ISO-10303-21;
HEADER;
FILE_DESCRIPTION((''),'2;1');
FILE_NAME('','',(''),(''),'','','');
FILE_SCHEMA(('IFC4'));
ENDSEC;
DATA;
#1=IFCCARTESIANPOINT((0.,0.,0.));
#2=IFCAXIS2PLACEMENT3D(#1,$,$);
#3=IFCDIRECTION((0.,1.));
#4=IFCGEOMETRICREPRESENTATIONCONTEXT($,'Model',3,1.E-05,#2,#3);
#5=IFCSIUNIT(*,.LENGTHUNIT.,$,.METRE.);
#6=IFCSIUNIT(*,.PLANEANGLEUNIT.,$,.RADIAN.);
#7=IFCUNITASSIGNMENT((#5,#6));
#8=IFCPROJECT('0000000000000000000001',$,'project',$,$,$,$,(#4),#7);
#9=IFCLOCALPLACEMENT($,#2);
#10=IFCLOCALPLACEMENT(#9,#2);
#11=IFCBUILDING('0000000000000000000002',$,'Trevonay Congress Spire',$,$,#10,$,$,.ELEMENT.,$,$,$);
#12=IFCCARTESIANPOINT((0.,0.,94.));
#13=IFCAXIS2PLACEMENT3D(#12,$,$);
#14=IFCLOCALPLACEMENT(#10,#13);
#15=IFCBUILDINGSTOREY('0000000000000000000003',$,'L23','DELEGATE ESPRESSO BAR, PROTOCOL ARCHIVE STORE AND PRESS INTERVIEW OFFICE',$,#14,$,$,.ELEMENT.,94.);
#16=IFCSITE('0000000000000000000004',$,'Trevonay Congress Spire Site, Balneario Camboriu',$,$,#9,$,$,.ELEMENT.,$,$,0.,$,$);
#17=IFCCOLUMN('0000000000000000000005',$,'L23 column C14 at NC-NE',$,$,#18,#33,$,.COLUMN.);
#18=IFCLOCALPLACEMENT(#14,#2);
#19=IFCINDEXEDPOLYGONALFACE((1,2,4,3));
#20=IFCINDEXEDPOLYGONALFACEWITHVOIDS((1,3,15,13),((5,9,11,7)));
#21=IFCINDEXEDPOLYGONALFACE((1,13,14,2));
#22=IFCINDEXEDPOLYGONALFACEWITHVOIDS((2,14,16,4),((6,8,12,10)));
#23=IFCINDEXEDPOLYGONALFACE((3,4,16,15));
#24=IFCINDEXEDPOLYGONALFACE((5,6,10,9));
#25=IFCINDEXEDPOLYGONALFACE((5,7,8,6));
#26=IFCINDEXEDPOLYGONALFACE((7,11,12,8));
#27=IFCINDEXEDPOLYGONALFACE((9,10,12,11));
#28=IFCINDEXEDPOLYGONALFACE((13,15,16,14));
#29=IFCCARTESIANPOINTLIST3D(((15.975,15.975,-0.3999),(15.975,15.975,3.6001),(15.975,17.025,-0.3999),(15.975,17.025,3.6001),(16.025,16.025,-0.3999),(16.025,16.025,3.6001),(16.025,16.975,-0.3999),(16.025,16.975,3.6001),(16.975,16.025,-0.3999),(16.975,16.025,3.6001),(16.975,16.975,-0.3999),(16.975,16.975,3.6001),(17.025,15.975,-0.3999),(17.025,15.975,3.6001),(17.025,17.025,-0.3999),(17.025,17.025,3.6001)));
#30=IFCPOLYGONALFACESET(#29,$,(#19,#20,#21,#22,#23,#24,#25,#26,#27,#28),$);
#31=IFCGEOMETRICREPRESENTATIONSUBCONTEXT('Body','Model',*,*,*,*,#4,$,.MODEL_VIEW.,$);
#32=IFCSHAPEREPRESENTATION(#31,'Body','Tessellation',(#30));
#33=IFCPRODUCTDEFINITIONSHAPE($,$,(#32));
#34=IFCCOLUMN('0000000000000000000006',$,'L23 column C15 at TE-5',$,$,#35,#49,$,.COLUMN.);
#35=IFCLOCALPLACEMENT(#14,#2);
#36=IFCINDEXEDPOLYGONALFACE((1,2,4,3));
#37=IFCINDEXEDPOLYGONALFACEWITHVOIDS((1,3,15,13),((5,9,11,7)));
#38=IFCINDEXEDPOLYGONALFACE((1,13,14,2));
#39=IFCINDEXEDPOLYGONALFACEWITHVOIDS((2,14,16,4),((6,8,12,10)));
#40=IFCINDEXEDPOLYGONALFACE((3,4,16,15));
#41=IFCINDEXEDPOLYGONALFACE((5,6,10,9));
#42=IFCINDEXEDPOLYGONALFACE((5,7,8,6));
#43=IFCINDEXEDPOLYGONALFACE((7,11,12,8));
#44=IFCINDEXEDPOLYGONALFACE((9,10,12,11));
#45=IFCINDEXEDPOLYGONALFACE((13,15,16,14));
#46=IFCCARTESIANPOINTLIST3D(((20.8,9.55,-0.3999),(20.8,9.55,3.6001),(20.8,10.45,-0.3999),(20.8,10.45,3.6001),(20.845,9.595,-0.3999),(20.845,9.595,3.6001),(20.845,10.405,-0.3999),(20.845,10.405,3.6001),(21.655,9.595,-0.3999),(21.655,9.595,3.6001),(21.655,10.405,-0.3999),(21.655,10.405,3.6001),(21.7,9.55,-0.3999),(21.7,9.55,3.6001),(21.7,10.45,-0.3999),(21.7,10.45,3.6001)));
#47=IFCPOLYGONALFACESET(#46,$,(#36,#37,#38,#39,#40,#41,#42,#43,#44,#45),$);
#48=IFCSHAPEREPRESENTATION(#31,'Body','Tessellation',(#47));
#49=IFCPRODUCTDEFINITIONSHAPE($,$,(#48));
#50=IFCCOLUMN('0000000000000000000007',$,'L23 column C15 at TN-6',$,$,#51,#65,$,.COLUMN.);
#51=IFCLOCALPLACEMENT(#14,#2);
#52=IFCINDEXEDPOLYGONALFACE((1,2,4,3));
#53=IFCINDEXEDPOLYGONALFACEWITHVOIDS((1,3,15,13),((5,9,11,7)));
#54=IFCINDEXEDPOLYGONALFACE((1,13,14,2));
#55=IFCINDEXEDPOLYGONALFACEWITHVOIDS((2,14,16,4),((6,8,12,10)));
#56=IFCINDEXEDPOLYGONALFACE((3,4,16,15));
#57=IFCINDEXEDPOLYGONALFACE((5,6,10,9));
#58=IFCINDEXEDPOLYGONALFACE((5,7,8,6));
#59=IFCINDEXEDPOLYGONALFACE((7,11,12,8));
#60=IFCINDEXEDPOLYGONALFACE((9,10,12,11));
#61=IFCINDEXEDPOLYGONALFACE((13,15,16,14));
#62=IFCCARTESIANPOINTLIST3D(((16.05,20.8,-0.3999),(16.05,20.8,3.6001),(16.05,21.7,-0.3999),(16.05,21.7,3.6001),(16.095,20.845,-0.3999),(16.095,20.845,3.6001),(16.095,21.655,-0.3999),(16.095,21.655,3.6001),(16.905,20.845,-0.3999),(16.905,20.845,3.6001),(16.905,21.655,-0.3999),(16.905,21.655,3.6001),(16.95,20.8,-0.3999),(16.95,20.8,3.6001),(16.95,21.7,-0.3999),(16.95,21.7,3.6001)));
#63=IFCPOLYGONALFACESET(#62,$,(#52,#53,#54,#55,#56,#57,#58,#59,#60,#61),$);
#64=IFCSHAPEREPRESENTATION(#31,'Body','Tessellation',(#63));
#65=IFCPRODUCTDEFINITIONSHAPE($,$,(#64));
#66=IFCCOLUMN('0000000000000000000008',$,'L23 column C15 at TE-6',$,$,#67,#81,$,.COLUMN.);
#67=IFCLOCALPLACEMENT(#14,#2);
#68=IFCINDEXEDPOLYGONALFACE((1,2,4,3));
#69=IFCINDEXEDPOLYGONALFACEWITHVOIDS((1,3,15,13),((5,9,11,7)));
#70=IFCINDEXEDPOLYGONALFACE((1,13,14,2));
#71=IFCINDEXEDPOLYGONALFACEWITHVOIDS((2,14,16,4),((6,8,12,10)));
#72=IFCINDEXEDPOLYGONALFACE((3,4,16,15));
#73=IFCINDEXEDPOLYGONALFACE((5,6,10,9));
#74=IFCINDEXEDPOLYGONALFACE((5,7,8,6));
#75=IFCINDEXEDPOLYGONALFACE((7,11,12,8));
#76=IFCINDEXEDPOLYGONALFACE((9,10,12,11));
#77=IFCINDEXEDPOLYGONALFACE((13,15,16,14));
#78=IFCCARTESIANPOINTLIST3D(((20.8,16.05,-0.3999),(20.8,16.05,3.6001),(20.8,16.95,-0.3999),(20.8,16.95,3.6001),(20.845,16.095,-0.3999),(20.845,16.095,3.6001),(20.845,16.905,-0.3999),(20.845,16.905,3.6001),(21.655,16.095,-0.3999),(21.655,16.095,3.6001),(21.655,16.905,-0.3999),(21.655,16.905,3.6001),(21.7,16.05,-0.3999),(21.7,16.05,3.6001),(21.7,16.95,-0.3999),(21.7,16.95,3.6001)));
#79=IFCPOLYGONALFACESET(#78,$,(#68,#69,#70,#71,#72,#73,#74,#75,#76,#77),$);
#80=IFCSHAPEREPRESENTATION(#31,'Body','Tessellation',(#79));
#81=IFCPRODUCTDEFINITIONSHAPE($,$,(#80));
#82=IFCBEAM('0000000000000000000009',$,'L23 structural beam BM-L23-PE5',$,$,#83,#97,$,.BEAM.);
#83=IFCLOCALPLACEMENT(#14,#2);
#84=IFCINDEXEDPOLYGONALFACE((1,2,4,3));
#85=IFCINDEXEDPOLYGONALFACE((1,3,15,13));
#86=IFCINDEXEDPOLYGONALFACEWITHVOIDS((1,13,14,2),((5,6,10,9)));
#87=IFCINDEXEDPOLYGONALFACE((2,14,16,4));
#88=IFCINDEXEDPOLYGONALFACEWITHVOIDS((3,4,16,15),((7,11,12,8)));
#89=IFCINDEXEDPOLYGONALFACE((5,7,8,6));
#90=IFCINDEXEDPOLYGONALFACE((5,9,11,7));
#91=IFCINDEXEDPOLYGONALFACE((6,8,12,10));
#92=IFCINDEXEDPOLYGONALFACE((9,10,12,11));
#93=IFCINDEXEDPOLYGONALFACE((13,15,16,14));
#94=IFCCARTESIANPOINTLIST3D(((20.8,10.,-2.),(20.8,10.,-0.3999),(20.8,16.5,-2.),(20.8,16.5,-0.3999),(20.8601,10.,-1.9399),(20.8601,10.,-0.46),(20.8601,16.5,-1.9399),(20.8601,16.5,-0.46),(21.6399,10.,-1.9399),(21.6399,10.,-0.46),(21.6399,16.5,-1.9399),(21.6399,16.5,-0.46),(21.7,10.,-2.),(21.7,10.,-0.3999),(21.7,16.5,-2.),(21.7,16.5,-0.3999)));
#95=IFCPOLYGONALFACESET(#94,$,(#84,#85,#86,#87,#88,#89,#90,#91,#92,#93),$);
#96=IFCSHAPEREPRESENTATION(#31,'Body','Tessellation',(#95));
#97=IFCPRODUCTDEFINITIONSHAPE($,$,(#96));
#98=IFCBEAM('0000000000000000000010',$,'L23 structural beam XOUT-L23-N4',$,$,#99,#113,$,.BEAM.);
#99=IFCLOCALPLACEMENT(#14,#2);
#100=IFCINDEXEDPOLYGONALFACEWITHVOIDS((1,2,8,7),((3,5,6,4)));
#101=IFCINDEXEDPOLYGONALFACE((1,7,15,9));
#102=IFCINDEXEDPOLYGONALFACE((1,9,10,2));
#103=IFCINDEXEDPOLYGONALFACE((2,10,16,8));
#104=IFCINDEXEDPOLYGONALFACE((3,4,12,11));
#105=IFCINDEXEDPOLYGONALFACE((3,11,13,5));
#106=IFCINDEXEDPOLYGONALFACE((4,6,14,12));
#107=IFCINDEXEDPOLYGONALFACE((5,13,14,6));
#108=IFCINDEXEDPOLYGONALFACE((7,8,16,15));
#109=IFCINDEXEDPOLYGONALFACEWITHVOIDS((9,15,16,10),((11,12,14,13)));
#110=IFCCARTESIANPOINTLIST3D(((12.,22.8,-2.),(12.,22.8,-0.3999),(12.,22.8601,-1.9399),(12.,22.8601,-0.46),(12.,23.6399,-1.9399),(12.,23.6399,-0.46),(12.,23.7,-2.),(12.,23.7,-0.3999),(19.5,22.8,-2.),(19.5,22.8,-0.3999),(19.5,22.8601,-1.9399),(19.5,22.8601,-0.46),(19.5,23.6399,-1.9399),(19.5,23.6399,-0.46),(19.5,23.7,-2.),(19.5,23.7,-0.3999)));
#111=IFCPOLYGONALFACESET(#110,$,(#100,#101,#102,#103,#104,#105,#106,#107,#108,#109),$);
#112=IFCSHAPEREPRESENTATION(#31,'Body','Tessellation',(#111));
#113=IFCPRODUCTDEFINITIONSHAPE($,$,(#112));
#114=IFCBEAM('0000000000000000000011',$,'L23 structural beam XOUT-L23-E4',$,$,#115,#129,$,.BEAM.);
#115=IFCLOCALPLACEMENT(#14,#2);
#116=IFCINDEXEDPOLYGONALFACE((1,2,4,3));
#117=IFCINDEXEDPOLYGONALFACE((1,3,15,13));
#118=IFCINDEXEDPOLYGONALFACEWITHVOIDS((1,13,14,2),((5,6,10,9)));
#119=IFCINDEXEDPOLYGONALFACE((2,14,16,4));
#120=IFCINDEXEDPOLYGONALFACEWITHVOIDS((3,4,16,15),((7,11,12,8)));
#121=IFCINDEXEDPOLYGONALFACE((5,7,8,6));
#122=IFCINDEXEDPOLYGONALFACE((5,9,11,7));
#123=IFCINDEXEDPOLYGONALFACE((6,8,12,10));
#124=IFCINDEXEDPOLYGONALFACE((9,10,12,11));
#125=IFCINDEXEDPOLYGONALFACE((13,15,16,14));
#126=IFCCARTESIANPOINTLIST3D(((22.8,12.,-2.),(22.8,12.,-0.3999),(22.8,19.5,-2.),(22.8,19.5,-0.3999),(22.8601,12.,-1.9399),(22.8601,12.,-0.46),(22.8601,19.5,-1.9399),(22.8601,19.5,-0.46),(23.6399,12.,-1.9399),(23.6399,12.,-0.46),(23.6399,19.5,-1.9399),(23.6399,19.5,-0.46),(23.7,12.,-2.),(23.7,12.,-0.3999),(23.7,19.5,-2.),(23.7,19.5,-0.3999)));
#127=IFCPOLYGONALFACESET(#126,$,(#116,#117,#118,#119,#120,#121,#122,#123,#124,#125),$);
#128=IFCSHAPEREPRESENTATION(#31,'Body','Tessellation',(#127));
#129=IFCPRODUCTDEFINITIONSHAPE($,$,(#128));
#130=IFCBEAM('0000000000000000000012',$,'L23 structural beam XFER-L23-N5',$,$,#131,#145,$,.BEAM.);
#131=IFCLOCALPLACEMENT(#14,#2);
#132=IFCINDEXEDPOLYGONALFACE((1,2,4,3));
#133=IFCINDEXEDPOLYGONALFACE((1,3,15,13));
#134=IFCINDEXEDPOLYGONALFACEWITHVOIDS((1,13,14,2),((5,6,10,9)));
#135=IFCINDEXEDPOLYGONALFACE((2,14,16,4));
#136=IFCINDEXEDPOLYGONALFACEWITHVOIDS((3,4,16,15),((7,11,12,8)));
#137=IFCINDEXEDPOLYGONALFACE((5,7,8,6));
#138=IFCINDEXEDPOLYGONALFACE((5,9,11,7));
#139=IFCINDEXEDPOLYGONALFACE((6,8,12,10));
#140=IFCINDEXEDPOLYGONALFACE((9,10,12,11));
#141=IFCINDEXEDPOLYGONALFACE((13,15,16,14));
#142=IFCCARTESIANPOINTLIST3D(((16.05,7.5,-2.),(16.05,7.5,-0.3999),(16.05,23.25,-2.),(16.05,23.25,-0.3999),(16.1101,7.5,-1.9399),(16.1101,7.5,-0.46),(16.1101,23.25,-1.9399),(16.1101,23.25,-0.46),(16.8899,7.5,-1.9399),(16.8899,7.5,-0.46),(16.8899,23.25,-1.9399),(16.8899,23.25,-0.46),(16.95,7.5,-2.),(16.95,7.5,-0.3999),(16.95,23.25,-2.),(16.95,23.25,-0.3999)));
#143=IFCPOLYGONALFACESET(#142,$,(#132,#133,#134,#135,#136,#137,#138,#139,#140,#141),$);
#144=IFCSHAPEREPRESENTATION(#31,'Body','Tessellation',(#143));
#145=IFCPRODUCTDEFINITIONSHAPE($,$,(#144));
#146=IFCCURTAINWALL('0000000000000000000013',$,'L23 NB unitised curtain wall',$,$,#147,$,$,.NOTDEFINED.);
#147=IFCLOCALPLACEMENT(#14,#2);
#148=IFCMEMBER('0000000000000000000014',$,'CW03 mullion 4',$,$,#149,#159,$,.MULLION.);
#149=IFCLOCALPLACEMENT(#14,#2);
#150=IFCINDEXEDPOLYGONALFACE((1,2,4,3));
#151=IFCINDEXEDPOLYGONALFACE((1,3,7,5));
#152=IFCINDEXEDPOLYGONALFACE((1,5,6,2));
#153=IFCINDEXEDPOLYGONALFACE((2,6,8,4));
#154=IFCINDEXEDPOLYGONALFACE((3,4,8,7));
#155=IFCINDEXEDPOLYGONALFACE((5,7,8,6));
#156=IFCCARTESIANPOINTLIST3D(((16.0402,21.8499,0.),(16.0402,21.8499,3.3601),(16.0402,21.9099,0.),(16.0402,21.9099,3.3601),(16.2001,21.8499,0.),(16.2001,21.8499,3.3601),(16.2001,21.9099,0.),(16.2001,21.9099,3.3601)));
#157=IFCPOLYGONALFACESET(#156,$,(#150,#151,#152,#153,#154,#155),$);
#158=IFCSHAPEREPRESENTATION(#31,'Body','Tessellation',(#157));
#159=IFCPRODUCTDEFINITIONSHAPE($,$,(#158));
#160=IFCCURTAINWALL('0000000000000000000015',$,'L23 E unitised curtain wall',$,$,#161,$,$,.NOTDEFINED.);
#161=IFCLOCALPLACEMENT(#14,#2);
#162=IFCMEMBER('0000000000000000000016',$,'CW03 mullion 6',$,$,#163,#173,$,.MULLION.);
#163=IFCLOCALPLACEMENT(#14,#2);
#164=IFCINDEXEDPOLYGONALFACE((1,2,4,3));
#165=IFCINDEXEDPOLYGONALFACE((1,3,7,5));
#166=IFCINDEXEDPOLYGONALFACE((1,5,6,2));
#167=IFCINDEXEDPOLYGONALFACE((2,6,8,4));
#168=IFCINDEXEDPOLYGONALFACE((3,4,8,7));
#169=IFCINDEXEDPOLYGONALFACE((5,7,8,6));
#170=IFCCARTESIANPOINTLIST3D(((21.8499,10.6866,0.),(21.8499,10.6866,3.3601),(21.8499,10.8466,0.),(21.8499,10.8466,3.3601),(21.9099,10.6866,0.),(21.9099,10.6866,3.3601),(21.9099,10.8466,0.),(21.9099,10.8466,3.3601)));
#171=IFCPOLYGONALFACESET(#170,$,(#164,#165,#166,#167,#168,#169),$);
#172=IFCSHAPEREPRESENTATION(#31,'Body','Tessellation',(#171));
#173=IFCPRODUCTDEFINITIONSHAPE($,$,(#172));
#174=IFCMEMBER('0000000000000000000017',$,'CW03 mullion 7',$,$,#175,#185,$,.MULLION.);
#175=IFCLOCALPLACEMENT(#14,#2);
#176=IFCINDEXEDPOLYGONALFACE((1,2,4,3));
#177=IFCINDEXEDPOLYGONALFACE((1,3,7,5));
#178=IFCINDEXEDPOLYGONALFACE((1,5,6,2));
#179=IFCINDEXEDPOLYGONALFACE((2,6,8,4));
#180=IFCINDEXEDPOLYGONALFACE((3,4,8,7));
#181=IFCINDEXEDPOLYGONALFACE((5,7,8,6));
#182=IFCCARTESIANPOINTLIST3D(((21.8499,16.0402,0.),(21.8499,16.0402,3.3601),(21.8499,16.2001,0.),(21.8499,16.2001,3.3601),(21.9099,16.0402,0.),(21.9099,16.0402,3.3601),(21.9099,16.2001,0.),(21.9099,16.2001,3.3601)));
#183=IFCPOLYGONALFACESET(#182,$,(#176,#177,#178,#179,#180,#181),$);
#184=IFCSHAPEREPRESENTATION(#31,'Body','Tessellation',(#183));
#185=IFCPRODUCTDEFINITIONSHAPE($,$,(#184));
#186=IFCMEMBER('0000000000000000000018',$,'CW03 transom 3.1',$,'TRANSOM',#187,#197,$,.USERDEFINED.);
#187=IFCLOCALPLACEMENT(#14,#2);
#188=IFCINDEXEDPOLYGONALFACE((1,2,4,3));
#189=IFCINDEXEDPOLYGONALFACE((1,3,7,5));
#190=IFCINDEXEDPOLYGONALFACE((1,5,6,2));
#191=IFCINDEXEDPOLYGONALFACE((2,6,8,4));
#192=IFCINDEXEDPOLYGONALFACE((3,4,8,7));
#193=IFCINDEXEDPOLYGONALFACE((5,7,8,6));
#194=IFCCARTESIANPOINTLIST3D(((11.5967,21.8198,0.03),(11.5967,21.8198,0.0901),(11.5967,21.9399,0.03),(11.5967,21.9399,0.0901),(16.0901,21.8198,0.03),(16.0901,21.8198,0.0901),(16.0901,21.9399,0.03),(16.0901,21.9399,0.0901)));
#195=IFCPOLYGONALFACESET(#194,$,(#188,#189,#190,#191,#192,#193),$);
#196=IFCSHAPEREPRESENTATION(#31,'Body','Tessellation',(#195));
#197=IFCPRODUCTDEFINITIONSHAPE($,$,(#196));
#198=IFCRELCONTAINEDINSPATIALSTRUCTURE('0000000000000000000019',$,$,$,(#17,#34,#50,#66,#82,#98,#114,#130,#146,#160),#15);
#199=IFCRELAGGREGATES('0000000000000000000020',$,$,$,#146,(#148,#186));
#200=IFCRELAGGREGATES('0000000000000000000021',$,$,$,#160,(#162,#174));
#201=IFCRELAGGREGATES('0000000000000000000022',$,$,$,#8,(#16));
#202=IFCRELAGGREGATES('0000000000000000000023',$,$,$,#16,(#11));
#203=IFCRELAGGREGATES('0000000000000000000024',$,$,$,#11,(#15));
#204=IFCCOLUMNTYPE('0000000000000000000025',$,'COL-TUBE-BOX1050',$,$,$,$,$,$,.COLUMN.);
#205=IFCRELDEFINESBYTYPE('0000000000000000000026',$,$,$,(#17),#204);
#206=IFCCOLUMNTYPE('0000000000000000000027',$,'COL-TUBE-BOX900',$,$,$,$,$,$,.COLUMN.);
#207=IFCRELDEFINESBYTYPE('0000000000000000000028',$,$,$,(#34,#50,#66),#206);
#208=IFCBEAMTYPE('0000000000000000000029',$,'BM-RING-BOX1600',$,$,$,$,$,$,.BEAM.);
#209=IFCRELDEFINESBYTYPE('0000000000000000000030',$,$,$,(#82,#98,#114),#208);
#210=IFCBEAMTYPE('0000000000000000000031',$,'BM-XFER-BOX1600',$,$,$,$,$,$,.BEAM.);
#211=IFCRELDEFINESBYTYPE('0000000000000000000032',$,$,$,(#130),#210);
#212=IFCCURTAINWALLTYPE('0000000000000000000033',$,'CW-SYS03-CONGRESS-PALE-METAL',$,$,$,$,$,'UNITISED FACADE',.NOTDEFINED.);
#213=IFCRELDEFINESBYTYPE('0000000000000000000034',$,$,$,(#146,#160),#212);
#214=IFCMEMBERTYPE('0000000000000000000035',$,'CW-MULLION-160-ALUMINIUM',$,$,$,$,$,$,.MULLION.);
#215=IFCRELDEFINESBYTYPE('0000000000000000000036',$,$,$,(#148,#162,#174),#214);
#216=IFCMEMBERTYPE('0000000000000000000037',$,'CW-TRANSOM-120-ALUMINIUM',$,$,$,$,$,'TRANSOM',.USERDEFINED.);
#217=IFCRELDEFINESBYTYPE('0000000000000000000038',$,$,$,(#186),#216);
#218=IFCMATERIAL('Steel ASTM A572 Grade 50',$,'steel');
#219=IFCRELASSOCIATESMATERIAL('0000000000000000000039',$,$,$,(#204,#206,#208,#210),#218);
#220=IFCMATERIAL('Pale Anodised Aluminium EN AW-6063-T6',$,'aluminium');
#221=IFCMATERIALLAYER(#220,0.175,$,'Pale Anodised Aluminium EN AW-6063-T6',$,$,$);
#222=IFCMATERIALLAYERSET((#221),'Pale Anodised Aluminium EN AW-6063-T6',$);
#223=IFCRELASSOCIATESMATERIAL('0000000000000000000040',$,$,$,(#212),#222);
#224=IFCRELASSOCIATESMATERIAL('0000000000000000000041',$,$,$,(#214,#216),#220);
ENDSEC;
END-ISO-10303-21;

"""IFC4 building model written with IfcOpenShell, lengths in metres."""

from ifc_helpers import new_model, si_unit, direction, frame, origin, origin_2d, place, context, subcontext, project, spatial, rectangle, hollow_rectangle, extrude, material, layer, layer_set, material_profile, profile_set, type_object, element, aggregate, save


model = new_model("IFC4")

# Units and contexts
model_context = context("Model", 3, precision=1e-05, world=origin(), true_north=direction((0.0, 1.0)))
body_context = subcontext(model_context, "Body", "Model", "MODEL_VIEW")
ifc_project = project(units=[si_unit("LENGTHUNIT", "METRE"), si_unit("PLANEANGLEUNIT", "RADIAN")], contexts=[model_context])

# Site, building, storey
site_placement = place(None, origin())
site = spatial("IfcSite", under=ifc_project, at=site_placement, Name="Trevonay Congress Spire Site, Balneario Camboriu", CompositionType="ELEMENT", RefElevation=0.0)
building_placement = place(site_placement, origin())
building = spatial("IfcBuilding", under=site, at=building_placement, Name="Trevonay Congress Spire", CompositionType="ELEMENT")
storey_placement = place(building_placement, frame((0.0, 0.0, 94.0)))
storey = spatial("IfcBuildingStorey", under=building, at=storey_placement, Name="L23", Description="DELEGATE ESPRESSO BAR, PROTOCOL ARCHIVE STORE AND PRESS INTERVIEW OFFICE", CompositionType="ELEMENT", Elevation=94.0)

# Columns
ifc_material_1 = material(Name="Steel ASTM A572 Grade 50", Category="steel")
ifc_material_profile_1 = material_profile(ifc_material_1, hollow_rectangle(XDim=1.05, YDim=1.05, WallThickness=0.05, at=origin_2d()), Name="BOX 1050x1050x50")
ifc_profile_set_1 = profile_set([ifc_material_profile_1], Name="Steel ASTM A572 Grade 50")
column_type_1 = type_object("IfcColumnType", Name="COL-TUBE-BOX1050", PredefinedType="COLUMN", material=ifc_profile_set_1)
column_placement = place(storey_placement, frame((16.5, 16.5, -0.3999), z_axis=(0.0, 0.0, 1.0), x_axis=(1.0, 0.0, 0.0)))
element("IfcColumn", 1, at=column_placement, inside=storey, type_object=column_type_1, Name="L23 column C14 at NC-NE", PredefinedType="COLUMN", context=body_context, shape_type="SweptSolid", body=[
    extrude(hollow_rectangle(XDim=1.05, YDim=1.05, WallThickness=0.05, at=origin_2d()), origin(), (0.0, 0.0, 1.0), 4.0),
])
ifc_material_profile_2 = material_profile(ifc_material_1, hollow_rectangle(XDim=0.8999, YDim=0.8999, WallThickness=0.0449, at=origin_2d()), Name="BOX 900x900x45")
ifc_profile_set_2 = profile_set([ifc_material_profile_2], Name="Steel ASTM A572 Grade 50")
column_type_2 = type_object("IfcColumnType", Name="COL-TUBE-BOX900", PredefinedType="COLUMN", material=ifc_profile_set_2)
for number, where, z_axis, x_axis, name in (
    (2, (21.25, 10.0, -0.3999), (0.0, 0.0, 1.0), (1.0, 0.0, 0.0), "L23 column C15 at TE-5"),
    (3, (16.5, 21.25, -0.3999), (0.0, 0.0, 1.0), (1.0, 0.0, 0.0), "L23 column C15 at TN-6"),
    (4, (21.25, 16.5, -0.3999), (0.0, 0.0, 1.0), (1.0, 0.0, 0.0), "L23 column C15 at TE-6"),
):
    element("IfcColumn", number, at=place(storey_placement, frame(where, z_axis=z_axis, x_axis=x_axis)), inside=storey, type_object=column_type_2, Name=name, PredefinedType="COLUMN", context=body_context, shape_type="SweptSolid", body=[
        extrude(hollow_rectangle(XDim=0.8999, YDim=0.8999, WallThickness=0.0449, at=origin_2d()), origin(), (0.0, 0.0, 1.0), 4.0),
    ])

# Beams
ifc_material_profile_3 = material_profile(ifc_material_1, hollow_rectangle(XDim=0.8999, YDim=1.6001, WallThickness=0.0601, at=origin_2d()), Name="BOX 1600x900x60")
ifc_profile_set_3 = profile_set([ifc_material_profile_3], Name="Steel ASTM A572 Grade 50")
beam_type_1 = type_object("IfcBeamType", Name="BM-RING-BOX1600", PredefinedType="BEAM", material=ifc_profile_set_3)
beam_1_placement = place(storey_placement, frame((21.25, 10.0, -1.2), z_axis=(0.0, 1.0, 0.0), x_axis=(-1.0, 0.0, 0.0)))
element("IfcBeam", 5, at=beam_1_placement, inside=storey, type_object=beam_type_1, Name="L23 structural beam BM-L23-PE5", PredefinedType="BEAM", context=body_context, shape_type="SweptSolid", body=[
    extrude(hollow_rectangle(XDim=0.8999, YDim=1.6001, WallThickness=0.0601, at=origin_2d()), origin(), (0.0, 0.0, 1.0), 6.5),
])
for number, where, z_axis, x_axis, name in (
    (6, (12.0, 23.25, -1.2), (1.0, 0.0, 0.0), (0.0, 1.0, 0.0), "L23 structural beam XOUT-L23-N4"),
    (7, (23.25, 12.0, -1.2), (0.0, 1.0, 0.0), (-1.0, 0.0, 0.0), "L23 structural beam XOUT-L23-E4"),
):
    element("IfcBeam", number, at=place(storey_placement, frame(where, z_axis=z_axis, x_axis=x_axis)), inside=storey, type_object=beam_type_1, Name=name, PredefinedType="BEAM", context=body_context, shape_type="SweptSolid", body=[
        extrude(hollow_rectangle(XDim=0.8999, YDim=1.6001, WallThickness=0.0601, at=origin_2d()), origin(), (0.0, 0.0, 1.0), 7.5),
    ])
ifc_material_profile_4 = material_profile(ifc_material_1, hollow_rectangle(XDim=0.8999, YDim=1.6001, WallThickness=0.0601, at=origin_2d()), Name="BOX 1600x900x60")
ifc_profile_set_4 = profile_set([ifc_material_profile_4], Name="Steel ASTM A572 Grade 50")
beam_type_2 = type_object("IfcBeamType", Name="BM-XFER-BOX1600", PredefinedType="BEAM", material=ifc_profile_set_4)
beam_2_placement = place(storey_placement, frame((16.5, 7.5, -1.2), z_axis=(0.0, 1.0, 0.0), x_axis=(-1.0, 0.0, 0.0)))
element("IfcBeam", 8, at=beam_2_placement, inside=storey, type_object=beam_type_2, Name="L23 structural beam XFER-L23-N5", PredefinedType="BEAM", context=body_context, shape_type="SweptSolid", body=[
    extrude(hollow_rectangle(XDim=0.8999, YDim=1.6001, WallThickness=0.0601, at=origin_2d()), origin(), (0.0, 0.0, 1.0), 15.75),
])

# Curtain wall, member
ifc_material_2 = material(Name="Pale Anodised Aluminium EN AW-6063-T6", Category="aluminium")
ifc_layer_1 = layer(ifc_material_2, 0.175, Name="Pale Anodised Aluminium EN AW-6063-T6")
ifc_layer_set_1 = layer_set([ifc_layer_1], Name="Pale Anodised Aluminium EN AW-6063-T6")
curtain_wall_type = type_object("IfcCurtainWallType", Name="CW-SYS03-CONGRESS-PALE-METAL", ElementType="UNITISED FACADE", PredefinedType="NOTDEFINED", material=ifc_layer_set_1)
curtain_wall_1_placement = place(storey_placement, origin())
curtain_wall_1 = element("IfcCurtainWall", 9, at=curtain_wall_1_placement, inside=storey, type_object=curtain_wall_type, Name="L23 NB unitised curtain wall", PredefinedType="NOTDEFINED")
ifc_material_profile_5 = material_profile(ifc_material_2, rectangle(XDim=0.0601, YDim=0.1599, at=origin_2d()), Name="CW-MULLION-160-ALUMINIUM")
ifc_profile_set_5 = profile_set([ifc_material_profile_5], Name="Pale Anodised Aluminium EN AW-6063-T6")
member_type_1 = type_object("IfcMemberType", Name="CW-MULLION-160-ALUMINIUM", PredefinedType="MULLION", material=ifc_profile_set_5)
member_1_placement = place(storey_placement, frame((16.1201, 21.8799, 0.0), z_axis=(0.0, 0.0, 1.0), x_axis=(0.0, 1.0, 0.0)))
member_1 = element("IfcMember", 10, at=member_1_placement, type_object=member_type_1, Name="CW03 mullion 4", PredefinedType="MULLION", context=body_context, shape_type="SweptSolid", body=[
    extrude(rectangle(XDim=0.0601, YDim=0.1599, at=origin_2d()), origin(), (0.0, 0.0, 1.0), 3.3601),
])

# Curtain wall, members
curtain_wall_2_placement = place(storey_placement, origin())
curtain_wall_2 = element("IfcCurtainWall", 11, at=curtain_wall_2_placement, inside=storey, type_object=curtain_wall_type, Name="L23 E unitised curtain wall", PredefinedType="NOTDEFINED")
member_2_placement = place(storey_placement, frame((21.8799, 10.7666, 0.0), z_axis=(0.0, 0.0, 1.0), x_axis=(-1.0, 0.0, 0.0)))
member_2 = element("IfcMember", 12, at=member_2_placement, type_object=member_type_1, Name="CW03 mullion 6", PredefinedType="MULLION", context=body_context, shape_type="SweptSolid", body=[
    extrude(rectangle(XDim=0.0601, YDim=0.1599, at=origin_2d()), origin(), (0.0, 0.0, 1.0), 3.3601),
])
member_3_placement = place(storey_placement, frame((21.8799, 16.1201, 0.0), z_axis=(0.0, 0.0, 1.0), x_axis=(-1.0, 0.0, 0.0)))
member_3 = element("IfcMember", 13, at=member_3_placement, type_object=member_type_1, Name="CW03 mullion 7", PredefinedType="MULLION", context=body_context, shape_type="SweptSolid", body=[
    extrude(rectangle(XDim=0.0601, YDim=0.1599, at=origin_2d()), origin(), (0.0, 0.0, 1.0), 3.3601),
])

# Member
ifc_material_profile_6 = material_profile(ifc_material_2, rectangle(XDim=0.1201, YDim=0.0601, at=origin_2d()), Name="CW-TRANSOM-120-ALUMINIUM")
ifc_profile_set_6 = profile_set([ifc_material_profile_6], Name="Pale Anodised Aluminium EN AW-6063-T6")
member_type_2 = type_object("IfcMemberType", Name="CW-TRANSOM-120-ALUMINIUM", ElementType="TRANSOM", PredefinedType="USERDEFINED", material=ifc_profile_set_6)
member_4_placement = place(storey_placement, frame((11.5967, 21.8799, 0.0601), z_axis=(1.0, 0.0, 0.0), x_axis=(0.0, 1.0, 0.0)))
member_4 = element("IfcMember", 14, at=member_4_placement, type_object=member_type_2, Name="CW03 transom 3.1", ObjectType="TRANSOM", PredefinedType="USERDEFINED", context=body_context, shape_type="SweptSolid", body=[
    extrude(rectangle(XDim=0.1201, YDim=0.0601, at=origin_2d()), origin(), (0.0, 0.0, 1.0), 4.4934),
])

aggregate(curtain_wall_1, [member_1, member_4])
aggregate(curtain_wall_2, [member_2, member_3])

save(model, "model.ifc")
